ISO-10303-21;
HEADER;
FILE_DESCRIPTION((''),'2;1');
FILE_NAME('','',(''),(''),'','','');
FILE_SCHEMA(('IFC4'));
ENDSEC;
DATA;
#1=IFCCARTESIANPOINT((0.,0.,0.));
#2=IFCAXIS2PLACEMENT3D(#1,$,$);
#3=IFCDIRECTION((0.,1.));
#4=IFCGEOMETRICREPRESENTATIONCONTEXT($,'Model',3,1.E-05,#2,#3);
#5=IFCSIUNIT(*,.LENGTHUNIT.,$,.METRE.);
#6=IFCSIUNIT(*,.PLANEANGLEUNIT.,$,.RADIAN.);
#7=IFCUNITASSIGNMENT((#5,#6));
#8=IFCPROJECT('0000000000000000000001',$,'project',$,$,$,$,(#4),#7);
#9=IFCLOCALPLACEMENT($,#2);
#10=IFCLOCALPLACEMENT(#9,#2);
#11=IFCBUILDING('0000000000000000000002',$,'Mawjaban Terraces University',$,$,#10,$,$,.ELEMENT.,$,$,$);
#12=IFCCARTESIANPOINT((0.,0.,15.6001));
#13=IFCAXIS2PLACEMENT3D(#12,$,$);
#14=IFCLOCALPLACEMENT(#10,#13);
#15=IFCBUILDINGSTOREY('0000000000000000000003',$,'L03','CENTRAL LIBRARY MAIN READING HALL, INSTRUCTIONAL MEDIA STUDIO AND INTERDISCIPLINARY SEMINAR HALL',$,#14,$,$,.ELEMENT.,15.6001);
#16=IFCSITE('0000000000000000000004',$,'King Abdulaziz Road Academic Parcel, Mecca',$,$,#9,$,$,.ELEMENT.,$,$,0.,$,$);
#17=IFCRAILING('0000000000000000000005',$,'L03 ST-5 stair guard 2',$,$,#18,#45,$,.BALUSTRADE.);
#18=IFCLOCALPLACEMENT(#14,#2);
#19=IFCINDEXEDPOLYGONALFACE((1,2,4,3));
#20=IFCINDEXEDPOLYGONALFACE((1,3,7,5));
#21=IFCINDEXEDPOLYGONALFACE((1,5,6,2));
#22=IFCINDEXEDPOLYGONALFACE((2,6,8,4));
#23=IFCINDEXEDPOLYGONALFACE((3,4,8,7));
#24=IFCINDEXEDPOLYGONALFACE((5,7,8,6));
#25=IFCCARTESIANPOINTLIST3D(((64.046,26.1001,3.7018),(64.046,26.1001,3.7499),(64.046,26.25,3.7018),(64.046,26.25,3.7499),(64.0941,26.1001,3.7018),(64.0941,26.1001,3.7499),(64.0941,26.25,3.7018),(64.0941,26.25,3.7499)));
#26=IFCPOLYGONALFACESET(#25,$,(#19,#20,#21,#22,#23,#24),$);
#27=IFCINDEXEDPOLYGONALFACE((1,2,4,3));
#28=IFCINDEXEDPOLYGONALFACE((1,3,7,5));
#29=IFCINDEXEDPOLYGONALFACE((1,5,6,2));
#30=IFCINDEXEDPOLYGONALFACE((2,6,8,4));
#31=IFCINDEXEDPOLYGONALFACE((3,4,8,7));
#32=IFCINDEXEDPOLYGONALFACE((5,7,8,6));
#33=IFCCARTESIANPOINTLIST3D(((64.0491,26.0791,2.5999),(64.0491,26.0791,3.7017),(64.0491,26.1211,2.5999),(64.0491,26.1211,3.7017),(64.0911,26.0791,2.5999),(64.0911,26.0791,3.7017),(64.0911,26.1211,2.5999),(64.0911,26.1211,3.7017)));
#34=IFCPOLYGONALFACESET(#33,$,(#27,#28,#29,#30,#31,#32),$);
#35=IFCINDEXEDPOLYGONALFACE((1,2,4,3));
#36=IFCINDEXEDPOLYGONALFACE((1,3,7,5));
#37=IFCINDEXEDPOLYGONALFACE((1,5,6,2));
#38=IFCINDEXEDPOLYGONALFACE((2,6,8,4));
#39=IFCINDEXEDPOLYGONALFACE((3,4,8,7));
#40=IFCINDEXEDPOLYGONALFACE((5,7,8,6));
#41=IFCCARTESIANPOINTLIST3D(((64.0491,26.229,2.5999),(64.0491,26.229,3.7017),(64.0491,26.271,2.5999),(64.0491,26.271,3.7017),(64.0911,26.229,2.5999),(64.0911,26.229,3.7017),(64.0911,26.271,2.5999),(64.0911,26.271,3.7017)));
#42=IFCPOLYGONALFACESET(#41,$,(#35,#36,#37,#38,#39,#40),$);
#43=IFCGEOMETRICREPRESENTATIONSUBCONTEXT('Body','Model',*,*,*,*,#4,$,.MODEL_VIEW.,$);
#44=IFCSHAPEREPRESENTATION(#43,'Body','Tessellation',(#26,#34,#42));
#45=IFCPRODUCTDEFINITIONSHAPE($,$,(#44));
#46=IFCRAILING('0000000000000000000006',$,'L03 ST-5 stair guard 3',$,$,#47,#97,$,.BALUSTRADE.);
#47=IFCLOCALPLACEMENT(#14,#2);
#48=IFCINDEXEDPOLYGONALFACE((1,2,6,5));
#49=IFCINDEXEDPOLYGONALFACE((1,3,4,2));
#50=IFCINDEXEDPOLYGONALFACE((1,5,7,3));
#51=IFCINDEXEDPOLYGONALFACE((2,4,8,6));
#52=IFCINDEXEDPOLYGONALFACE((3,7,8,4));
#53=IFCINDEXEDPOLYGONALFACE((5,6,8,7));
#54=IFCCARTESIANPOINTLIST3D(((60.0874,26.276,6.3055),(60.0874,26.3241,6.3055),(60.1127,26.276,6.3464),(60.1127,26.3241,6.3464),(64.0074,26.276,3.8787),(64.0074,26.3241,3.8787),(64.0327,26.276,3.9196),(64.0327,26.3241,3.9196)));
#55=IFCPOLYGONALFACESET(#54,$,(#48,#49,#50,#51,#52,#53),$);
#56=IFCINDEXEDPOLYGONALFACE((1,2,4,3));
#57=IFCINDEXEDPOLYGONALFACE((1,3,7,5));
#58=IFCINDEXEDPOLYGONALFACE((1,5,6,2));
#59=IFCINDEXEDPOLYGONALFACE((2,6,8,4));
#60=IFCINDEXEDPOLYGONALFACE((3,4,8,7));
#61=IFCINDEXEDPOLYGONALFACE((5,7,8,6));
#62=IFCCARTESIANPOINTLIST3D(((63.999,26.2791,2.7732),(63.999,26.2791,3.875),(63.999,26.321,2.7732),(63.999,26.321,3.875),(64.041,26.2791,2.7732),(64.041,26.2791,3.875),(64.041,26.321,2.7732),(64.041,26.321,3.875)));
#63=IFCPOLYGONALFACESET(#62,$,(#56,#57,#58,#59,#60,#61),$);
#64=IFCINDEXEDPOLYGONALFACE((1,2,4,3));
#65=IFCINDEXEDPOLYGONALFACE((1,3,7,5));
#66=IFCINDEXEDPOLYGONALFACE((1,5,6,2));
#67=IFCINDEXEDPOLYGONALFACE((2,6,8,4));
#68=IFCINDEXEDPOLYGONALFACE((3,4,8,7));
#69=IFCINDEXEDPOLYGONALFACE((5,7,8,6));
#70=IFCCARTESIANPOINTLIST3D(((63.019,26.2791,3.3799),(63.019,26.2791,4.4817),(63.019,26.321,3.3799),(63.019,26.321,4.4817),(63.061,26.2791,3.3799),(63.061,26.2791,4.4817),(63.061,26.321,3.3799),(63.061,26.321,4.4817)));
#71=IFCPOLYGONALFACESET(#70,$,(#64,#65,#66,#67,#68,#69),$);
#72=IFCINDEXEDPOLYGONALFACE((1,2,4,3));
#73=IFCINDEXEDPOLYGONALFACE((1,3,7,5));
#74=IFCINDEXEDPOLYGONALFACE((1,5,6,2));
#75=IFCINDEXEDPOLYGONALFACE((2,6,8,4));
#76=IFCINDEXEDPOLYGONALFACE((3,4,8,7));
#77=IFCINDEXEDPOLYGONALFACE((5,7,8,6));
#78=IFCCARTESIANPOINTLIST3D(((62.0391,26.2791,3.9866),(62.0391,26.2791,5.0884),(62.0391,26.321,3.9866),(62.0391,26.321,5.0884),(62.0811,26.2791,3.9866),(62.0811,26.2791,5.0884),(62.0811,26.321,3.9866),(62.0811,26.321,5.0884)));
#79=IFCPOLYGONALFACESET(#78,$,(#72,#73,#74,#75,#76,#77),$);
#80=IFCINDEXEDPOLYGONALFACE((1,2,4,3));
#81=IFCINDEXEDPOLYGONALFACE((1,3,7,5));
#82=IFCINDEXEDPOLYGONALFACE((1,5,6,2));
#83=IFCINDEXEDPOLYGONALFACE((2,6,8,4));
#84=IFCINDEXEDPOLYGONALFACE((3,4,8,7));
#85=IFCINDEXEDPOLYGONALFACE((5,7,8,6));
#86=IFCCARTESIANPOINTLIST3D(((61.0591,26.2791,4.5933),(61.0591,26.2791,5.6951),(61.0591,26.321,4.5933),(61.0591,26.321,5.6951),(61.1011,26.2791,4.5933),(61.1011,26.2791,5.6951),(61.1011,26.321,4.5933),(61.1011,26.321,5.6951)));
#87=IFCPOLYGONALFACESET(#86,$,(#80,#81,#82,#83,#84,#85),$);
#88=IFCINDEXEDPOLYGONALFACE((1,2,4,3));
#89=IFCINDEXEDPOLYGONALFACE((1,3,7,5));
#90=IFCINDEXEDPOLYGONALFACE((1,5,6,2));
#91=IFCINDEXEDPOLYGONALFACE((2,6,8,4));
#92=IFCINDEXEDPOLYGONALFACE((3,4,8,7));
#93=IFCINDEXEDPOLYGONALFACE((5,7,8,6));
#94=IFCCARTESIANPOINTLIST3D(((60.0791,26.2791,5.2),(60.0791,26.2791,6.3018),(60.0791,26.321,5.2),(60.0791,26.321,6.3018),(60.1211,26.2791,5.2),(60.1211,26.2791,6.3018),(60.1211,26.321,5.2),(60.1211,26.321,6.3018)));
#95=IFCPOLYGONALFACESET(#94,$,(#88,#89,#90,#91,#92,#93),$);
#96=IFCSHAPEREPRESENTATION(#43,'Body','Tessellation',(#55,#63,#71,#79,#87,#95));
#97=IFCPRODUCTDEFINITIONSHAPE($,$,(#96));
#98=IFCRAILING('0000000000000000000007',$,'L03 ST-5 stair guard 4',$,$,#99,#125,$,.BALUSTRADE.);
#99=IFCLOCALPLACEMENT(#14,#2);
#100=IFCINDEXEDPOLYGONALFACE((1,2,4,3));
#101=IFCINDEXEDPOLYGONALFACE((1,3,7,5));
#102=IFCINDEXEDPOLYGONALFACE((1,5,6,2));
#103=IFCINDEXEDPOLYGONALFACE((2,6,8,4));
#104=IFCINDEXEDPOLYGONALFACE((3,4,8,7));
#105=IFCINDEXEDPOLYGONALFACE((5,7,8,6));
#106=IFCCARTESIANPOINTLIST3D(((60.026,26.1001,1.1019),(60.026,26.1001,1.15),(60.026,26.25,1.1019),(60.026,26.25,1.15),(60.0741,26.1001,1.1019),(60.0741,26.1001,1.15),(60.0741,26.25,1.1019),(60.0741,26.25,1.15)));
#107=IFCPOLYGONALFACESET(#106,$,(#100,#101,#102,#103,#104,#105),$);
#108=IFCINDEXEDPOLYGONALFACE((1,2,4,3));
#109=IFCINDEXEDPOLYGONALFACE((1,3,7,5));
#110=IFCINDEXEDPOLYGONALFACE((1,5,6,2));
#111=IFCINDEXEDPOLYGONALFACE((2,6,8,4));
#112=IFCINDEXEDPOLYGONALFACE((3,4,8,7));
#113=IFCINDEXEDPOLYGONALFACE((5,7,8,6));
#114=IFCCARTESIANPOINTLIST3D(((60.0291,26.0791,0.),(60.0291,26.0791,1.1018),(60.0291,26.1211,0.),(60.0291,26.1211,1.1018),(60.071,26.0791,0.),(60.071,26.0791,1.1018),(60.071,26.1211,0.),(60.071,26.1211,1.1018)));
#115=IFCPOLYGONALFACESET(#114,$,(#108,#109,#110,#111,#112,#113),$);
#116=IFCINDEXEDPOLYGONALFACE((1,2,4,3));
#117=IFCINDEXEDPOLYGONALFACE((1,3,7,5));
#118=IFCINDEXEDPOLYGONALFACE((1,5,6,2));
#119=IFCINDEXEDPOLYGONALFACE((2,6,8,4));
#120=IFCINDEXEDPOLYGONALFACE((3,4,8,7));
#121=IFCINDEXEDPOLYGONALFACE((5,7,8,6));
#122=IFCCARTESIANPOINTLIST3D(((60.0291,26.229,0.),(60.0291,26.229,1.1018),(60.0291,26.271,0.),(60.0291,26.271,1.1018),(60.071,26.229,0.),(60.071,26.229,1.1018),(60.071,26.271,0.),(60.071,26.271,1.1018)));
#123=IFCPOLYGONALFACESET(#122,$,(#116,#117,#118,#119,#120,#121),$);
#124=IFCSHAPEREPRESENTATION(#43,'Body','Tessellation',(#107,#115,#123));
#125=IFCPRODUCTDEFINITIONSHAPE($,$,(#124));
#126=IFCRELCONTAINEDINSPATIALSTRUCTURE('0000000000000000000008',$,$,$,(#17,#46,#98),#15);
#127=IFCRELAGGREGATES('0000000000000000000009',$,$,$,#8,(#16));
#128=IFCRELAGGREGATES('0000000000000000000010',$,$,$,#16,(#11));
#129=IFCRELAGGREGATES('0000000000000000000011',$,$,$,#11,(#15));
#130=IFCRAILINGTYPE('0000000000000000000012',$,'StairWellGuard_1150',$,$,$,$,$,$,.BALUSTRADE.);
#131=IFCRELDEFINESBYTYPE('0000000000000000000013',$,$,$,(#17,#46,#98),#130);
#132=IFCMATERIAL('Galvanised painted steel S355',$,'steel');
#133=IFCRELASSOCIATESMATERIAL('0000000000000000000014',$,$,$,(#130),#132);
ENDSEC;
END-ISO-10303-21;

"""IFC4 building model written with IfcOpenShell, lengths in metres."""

from ifc_helpers import new_model, si_unit, direction, frame, origin, origin_2d, place, context, subcontext, project, spatial, rectangle, extrude, material, type_object, element, save


model = new_model("IFC4")

# Units and contexts
model_context = context("Model", 3, precision=1e-05, world=origin(), true_north=direction((0.0, 1.0)))
body_context = subcontext(model_context, "Body", "Model", "MODEL_VIEW")
ifc_project = project(units=[si_unit("LENGTHUNIT", "METRE"), si_unit("PLANEANGLEUNIT", "RADIAN")], contexts=[model_context])

# Site, building, storey
site_placement = place(None, origin())
site = spatial("IfcSite", under=ifc_project, at=site_placement, Name="King Abdulaziz Road Academic Parcel, Mecca", CompositionType="ELEMENT", RefElevation=0.0)
building_placement = place(site_placement, origin())
building = spatial("IfcBuilding", under=site, at=building_placement, Name="Mawjaban Terraces University", CompositionType="ELEMENT")
storey_placement = place(building_placement, frame((0.0, 0.0, 15.6001)))
storey = spatial("IfcBuildingStorey", under=building, at=storey_placement, Name="L03", Description="CENTRAL LIBRARY MAIN READING HALL, INSTRUCTIONAL MEDIA STUDIO AND INTERDISCIPLINARY SEMINAR HALL", CompositionType="ELEMENT", Elevation=15.6001)

# Railings
ifc_material_1 = material(Name="Galvanised painted steel S355", Category="steel")
railing_type_1 = type_object("IfcRailingType", Name="StairWellGuard_1150", PredefinedType="BALUSTRADE", material=ifc_material_1)
railing_1_placement = place(storey_placement, frame((64.0701, 26.1001, 2.5999)))
element("IfcRailing", 1, at=railing_1_placement, inside=storey, type_object=railing_type_1, Name="L03 ST-5 stair guard 2", PredefinedType="BALUSTRADE", context=body_context, shape_type="SweptSolid", body=[
    extrude(rectangle(XDim=0.0481, YDim=0.0481, at=origin_2d()), frame((0.0, 0.0, 1.126), z_axis=(0.0, 1.0, 0.0), x_axis=(-1.0, 0.0, 0.0)), (0.0, 0.0, 1.0), 0.1499),
    extrude(rectangle(XDim=0.042, YDim=0.042, at=origin_2d()), origin(), (0.0, 0.0, 1.0), 1.1018),
    extrude(rectangle(XDim=0.042, YDim=0.042, at=origin_2d()), frame((0.0, 0.1499, 0.0)), (0.0, 0.0, 1.0), 1.1018),
])
railing_2_placement = place(storey_placement, frame((64.02, 26.3, 2.7732)))
element("IfcRailing", 2, at=railing_2_placement, inside=storey, type_object=railing_type_1, Name="L03 ST-5 stair guard 3", PredefinedType="BALUSTRADE", context=body_context, shape_type="SweptSolid", body=[
    extrude(rectangle(XDim=0.0481, YDim=0.0481, at=origin_2d()), frame((0.0, 0.0, 1.126), z_axis=(-0.850252, 0.0, 0.526376), x_axis=(0.0, -1.0, 0.0)), (0.0, 0.0, 1.0), 4.6104),
    extrude(rectangle(XDim=0.042, YDim=0.042, at=origin_2d()), origin(), (0.0, 0.0, 1.0), 1.1018),
    extrude(rectangle(XDim=0.042, YDim=0.042, at=origin_2d()), frame((-0.98, 0.0, 0.6067)), (0.0, 0.0, 1.0), 1.1018),
    extrude(rectangle(XDim=0.042, YDim=0.042, at=origin_2d()), frame((-1.96, 0.0, 1.2134)), (0.0, 0.0, 1.0), 1.1018),
    extrude(rectangle(XDim=0.042, YDim=0.042, at=origin_2d()), frame((-2.9399, 0.0, 1.8201)), (0.0, 0.0, 1.0), 1.1018),
    extrude(rectangle(XDim=0.042, YDim=0.042, at=origin_2d()), frame((-3.9199, 0.0, 2.4268)), (0.0, 0.0, 1.0), 1.1018),
])
railing_3_placement = place(storey_placement, frame((60.05, 26.1001, 0.0)))
element("IfcRailing", 3, at=railing_3_placement, inside=storey, type_object=railing_type_1, Name="L03 ST-5 stair guard 4", PredefinedType="BALUSTRADE", context=body_context, shape_type="SweptSolid", body=[
    extrude(rectangle(XDim=0.0481, YDim=0.0481, at=origin_2d()), frame((0.0, 0.0, 1.126), z_axis=(0.0, 1.0, 0.0), x_axis=(-1.0, 0.0, 0.0)), (0.0, 0.0, 1.0), 0.1499),
    extrude(rectangle(XDim=0.042, YDim=0.042, at=origin_2d()), origin(), (0.0, 0.0, 1.0), 1.1018),
    extrude(rectangle(XDim=0.042, YDim=0.042, at=origin_2d()), frame((0.0, 0.1499, 0.0)), (0.0, 0.0, 1.0), 1.1018),
])

save(model, "model.ifc")
